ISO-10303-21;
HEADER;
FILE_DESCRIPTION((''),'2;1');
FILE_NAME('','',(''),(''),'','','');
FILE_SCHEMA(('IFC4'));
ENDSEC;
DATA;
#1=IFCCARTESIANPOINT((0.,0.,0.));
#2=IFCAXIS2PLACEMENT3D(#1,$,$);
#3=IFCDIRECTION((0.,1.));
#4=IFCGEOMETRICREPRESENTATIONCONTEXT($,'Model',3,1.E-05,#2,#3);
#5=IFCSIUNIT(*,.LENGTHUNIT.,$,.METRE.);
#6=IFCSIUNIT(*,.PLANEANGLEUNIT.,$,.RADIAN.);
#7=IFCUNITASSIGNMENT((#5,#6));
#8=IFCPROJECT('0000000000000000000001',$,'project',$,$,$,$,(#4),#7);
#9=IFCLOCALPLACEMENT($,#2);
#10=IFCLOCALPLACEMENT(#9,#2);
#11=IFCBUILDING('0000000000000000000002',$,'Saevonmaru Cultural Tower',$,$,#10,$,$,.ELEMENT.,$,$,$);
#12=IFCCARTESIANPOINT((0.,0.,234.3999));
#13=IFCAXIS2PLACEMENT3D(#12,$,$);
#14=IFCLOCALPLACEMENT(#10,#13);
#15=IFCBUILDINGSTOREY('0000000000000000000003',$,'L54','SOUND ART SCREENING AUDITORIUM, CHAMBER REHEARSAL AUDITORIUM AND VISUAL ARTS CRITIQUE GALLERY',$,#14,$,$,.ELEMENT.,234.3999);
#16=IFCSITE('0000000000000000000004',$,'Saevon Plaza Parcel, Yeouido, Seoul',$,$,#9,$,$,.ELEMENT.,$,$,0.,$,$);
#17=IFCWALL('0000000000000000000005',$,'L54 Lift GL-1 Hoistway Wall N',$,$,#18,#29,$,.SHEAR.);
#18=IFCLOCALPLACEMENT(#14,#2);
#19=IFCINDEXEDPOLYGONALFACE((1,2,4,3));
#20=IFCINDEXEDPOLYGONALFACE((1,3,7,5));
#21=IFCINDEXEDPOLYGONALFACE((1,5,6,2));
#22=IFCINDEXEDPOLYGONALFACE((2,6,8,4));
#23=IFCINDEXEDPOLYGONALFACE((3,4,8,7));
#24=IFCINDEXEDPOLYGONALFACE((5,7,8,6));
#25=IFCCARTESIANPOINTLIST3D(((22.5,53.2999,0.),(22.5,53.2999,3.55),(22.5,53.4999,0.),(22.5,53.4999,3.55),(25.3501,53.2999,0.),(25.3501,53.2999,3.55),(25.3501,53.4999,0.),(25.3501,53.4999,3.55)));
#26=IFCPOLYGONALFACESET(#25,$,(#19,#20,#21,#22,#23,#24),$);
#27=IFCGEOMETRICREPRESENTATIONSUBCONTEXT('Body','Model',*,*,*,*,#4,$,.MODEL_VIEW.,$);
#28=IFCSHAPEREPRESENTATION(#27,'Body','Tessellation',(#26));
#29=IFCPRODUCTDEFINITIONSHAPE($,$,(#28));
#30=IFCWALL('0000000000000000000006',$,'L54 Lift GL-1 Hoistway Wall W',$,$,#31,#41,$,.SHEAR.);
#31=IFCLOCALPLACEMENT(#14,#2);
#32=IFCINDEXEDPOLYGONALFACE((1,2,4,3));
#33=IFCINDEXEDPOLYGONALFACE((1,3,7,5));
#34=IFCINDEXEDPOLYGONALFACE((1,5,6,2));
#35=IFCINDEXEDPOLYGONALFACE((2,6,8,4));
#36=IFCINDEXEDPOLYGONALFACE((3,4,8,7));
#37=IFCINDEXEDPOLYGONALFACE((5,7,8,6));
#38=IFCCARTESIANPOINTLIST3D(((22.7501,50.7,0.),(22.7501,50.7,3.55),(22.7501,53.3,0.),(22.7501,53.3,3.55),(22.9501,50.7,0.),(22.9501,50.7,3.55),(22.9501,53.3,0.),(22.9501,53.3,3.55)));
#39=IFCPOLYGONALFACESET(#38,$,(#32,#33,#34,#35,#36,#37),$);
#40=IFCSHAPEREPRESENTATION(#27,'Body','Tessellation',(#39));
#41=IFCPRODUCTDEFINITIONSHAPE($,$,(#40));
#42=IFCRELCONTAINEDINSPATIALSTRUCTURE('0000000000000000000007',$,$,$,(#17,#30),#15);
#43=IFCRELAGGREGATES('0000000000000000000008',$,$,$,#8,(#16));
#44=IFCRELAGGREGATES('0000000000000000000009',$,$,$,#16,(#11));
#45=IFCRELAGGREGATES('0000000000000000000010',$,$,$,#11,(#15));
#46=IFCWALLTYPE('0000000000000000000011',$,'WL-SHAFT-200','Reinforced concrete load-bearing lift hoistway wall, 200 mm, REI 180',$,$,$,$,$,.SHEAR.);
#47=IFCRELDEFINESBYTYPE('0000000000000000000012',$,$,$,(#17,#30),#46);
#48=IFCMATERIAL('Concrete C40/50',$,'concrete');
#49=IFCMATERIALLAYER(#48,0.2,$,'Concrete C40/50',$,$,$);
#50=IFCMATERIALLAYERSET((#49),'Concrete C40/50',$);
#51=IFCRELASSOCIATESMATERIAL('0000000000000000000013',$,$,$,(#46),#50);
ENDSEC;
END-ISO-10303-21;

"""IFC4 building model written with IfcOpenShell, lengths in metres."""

from ifc_helpers import new_model, si_unit, direction, frame, frame_2d, origin, place, context, subcontext, project, spatial, rectangle, extrude, material, layer, layer_set, type_object, element, save


model = new_model("IFC4")

# Units and contexts
model_context = context("Model", 3, precision=1e-05, world=origin(), true_north=direction((0.0, 1.0)))
body_context = subcontext(model_context, "Body", "Model", "MODEL_VIEW")
ifc_project = project(units=[si_unit("LENGTHUNIT", "METRE"), si_unit("PLANEANGLEUNIT", "RADIAN")], contexts=[model_context])

# Site, building, storey
site_placement = place(None, origin())
site = spatial("IfcSite", under=ifc_project, at=site_placement, Name="Saevon Plaza Parcel, Yeouido, Seoul", CompositionType="ELEMENT", RefElevation=0.0)
building_placement = place(site_placement, origin())
building = spatial("IfcBuilding", under=site, at=building_placement, Name="Saevonmaru Cultural Tower", CompositionType="ELEMENT")
storey_placement = place(building_placement, frame((0.0, 0.0, 234.3999)))
storey = spatial("IfcBuildingStorey", under=building, at=storey_placement, Name="L54", Description="SOUND ART SCREENING AUDITORIUM, CHAMBER REHEARSAL AUDITORIUM AND VISUAL ARTS CRITIQUE GALLERY", CompositionType="ELEMENT", Elevation=234.3999)

# Shared definitions
ifc_material_1 = material(Name="Concrete C40/50", Category="concrete")
ifc_layer_1 = layer(ifc_material_1, 0.2, Name="Concrete C40/50")
ifc_layer_set_1 = layer_set([ifc_layer_1], Name="Concrete C40/50")
wall_type_1 = type_object("IfcWallType", Name="WL-SHAFT-200", Description="Reinforced concrete load-bearing lift hoistway wall, 200 mm, REI 180", PredefinedType="SHEAR", material=ifc_layer_set_1)

# Walls
wall_1_placement = place(storey_placement, frame((22.5, 53.3999, 0.0), z_axis=(0.0, 0.0, 1.0), x_axis=(1.0, 0.0, 0.0)))
element("IfcWall", 1, at=wall_1_placement, inside=storey, type_object=wall_type_1, Name="L54 Lift GL-1 Hoistway Wall N", PredefinedType="SHEAR", context=body_context, shape_type="SweptSolid", body=[
    extrude(rectangle(XDim=2.8501, YDim=0.2, at=frame_2d((1.425, 0.0))), origin(), (0.0, 0.0, 1.0), 3.55),
])
wall_2_placement = place(storey_placement, frame((22.8501, 50.7, 0.0), z_axis=(0.0, 0.0, 1.0), x_axis=(0.0, 1.0, 0.0)))
element("IfcWall", 2, at=wall_2_placement, inside=storey, type_object=wall_type_1, Name="L54 Lift GL-1 Hoistway Wall W", PredefinedType="SHEAR", context=body_context, shape_type="SweptSolid", body=[
    extrude(rectangle(XDim=2.6001, YDim=0.2, at=frame_2d((1.3, 0.0))), origin(), (0.0, 0.0, 1.0), 3.55),
])

save(model, "model.ifc")
